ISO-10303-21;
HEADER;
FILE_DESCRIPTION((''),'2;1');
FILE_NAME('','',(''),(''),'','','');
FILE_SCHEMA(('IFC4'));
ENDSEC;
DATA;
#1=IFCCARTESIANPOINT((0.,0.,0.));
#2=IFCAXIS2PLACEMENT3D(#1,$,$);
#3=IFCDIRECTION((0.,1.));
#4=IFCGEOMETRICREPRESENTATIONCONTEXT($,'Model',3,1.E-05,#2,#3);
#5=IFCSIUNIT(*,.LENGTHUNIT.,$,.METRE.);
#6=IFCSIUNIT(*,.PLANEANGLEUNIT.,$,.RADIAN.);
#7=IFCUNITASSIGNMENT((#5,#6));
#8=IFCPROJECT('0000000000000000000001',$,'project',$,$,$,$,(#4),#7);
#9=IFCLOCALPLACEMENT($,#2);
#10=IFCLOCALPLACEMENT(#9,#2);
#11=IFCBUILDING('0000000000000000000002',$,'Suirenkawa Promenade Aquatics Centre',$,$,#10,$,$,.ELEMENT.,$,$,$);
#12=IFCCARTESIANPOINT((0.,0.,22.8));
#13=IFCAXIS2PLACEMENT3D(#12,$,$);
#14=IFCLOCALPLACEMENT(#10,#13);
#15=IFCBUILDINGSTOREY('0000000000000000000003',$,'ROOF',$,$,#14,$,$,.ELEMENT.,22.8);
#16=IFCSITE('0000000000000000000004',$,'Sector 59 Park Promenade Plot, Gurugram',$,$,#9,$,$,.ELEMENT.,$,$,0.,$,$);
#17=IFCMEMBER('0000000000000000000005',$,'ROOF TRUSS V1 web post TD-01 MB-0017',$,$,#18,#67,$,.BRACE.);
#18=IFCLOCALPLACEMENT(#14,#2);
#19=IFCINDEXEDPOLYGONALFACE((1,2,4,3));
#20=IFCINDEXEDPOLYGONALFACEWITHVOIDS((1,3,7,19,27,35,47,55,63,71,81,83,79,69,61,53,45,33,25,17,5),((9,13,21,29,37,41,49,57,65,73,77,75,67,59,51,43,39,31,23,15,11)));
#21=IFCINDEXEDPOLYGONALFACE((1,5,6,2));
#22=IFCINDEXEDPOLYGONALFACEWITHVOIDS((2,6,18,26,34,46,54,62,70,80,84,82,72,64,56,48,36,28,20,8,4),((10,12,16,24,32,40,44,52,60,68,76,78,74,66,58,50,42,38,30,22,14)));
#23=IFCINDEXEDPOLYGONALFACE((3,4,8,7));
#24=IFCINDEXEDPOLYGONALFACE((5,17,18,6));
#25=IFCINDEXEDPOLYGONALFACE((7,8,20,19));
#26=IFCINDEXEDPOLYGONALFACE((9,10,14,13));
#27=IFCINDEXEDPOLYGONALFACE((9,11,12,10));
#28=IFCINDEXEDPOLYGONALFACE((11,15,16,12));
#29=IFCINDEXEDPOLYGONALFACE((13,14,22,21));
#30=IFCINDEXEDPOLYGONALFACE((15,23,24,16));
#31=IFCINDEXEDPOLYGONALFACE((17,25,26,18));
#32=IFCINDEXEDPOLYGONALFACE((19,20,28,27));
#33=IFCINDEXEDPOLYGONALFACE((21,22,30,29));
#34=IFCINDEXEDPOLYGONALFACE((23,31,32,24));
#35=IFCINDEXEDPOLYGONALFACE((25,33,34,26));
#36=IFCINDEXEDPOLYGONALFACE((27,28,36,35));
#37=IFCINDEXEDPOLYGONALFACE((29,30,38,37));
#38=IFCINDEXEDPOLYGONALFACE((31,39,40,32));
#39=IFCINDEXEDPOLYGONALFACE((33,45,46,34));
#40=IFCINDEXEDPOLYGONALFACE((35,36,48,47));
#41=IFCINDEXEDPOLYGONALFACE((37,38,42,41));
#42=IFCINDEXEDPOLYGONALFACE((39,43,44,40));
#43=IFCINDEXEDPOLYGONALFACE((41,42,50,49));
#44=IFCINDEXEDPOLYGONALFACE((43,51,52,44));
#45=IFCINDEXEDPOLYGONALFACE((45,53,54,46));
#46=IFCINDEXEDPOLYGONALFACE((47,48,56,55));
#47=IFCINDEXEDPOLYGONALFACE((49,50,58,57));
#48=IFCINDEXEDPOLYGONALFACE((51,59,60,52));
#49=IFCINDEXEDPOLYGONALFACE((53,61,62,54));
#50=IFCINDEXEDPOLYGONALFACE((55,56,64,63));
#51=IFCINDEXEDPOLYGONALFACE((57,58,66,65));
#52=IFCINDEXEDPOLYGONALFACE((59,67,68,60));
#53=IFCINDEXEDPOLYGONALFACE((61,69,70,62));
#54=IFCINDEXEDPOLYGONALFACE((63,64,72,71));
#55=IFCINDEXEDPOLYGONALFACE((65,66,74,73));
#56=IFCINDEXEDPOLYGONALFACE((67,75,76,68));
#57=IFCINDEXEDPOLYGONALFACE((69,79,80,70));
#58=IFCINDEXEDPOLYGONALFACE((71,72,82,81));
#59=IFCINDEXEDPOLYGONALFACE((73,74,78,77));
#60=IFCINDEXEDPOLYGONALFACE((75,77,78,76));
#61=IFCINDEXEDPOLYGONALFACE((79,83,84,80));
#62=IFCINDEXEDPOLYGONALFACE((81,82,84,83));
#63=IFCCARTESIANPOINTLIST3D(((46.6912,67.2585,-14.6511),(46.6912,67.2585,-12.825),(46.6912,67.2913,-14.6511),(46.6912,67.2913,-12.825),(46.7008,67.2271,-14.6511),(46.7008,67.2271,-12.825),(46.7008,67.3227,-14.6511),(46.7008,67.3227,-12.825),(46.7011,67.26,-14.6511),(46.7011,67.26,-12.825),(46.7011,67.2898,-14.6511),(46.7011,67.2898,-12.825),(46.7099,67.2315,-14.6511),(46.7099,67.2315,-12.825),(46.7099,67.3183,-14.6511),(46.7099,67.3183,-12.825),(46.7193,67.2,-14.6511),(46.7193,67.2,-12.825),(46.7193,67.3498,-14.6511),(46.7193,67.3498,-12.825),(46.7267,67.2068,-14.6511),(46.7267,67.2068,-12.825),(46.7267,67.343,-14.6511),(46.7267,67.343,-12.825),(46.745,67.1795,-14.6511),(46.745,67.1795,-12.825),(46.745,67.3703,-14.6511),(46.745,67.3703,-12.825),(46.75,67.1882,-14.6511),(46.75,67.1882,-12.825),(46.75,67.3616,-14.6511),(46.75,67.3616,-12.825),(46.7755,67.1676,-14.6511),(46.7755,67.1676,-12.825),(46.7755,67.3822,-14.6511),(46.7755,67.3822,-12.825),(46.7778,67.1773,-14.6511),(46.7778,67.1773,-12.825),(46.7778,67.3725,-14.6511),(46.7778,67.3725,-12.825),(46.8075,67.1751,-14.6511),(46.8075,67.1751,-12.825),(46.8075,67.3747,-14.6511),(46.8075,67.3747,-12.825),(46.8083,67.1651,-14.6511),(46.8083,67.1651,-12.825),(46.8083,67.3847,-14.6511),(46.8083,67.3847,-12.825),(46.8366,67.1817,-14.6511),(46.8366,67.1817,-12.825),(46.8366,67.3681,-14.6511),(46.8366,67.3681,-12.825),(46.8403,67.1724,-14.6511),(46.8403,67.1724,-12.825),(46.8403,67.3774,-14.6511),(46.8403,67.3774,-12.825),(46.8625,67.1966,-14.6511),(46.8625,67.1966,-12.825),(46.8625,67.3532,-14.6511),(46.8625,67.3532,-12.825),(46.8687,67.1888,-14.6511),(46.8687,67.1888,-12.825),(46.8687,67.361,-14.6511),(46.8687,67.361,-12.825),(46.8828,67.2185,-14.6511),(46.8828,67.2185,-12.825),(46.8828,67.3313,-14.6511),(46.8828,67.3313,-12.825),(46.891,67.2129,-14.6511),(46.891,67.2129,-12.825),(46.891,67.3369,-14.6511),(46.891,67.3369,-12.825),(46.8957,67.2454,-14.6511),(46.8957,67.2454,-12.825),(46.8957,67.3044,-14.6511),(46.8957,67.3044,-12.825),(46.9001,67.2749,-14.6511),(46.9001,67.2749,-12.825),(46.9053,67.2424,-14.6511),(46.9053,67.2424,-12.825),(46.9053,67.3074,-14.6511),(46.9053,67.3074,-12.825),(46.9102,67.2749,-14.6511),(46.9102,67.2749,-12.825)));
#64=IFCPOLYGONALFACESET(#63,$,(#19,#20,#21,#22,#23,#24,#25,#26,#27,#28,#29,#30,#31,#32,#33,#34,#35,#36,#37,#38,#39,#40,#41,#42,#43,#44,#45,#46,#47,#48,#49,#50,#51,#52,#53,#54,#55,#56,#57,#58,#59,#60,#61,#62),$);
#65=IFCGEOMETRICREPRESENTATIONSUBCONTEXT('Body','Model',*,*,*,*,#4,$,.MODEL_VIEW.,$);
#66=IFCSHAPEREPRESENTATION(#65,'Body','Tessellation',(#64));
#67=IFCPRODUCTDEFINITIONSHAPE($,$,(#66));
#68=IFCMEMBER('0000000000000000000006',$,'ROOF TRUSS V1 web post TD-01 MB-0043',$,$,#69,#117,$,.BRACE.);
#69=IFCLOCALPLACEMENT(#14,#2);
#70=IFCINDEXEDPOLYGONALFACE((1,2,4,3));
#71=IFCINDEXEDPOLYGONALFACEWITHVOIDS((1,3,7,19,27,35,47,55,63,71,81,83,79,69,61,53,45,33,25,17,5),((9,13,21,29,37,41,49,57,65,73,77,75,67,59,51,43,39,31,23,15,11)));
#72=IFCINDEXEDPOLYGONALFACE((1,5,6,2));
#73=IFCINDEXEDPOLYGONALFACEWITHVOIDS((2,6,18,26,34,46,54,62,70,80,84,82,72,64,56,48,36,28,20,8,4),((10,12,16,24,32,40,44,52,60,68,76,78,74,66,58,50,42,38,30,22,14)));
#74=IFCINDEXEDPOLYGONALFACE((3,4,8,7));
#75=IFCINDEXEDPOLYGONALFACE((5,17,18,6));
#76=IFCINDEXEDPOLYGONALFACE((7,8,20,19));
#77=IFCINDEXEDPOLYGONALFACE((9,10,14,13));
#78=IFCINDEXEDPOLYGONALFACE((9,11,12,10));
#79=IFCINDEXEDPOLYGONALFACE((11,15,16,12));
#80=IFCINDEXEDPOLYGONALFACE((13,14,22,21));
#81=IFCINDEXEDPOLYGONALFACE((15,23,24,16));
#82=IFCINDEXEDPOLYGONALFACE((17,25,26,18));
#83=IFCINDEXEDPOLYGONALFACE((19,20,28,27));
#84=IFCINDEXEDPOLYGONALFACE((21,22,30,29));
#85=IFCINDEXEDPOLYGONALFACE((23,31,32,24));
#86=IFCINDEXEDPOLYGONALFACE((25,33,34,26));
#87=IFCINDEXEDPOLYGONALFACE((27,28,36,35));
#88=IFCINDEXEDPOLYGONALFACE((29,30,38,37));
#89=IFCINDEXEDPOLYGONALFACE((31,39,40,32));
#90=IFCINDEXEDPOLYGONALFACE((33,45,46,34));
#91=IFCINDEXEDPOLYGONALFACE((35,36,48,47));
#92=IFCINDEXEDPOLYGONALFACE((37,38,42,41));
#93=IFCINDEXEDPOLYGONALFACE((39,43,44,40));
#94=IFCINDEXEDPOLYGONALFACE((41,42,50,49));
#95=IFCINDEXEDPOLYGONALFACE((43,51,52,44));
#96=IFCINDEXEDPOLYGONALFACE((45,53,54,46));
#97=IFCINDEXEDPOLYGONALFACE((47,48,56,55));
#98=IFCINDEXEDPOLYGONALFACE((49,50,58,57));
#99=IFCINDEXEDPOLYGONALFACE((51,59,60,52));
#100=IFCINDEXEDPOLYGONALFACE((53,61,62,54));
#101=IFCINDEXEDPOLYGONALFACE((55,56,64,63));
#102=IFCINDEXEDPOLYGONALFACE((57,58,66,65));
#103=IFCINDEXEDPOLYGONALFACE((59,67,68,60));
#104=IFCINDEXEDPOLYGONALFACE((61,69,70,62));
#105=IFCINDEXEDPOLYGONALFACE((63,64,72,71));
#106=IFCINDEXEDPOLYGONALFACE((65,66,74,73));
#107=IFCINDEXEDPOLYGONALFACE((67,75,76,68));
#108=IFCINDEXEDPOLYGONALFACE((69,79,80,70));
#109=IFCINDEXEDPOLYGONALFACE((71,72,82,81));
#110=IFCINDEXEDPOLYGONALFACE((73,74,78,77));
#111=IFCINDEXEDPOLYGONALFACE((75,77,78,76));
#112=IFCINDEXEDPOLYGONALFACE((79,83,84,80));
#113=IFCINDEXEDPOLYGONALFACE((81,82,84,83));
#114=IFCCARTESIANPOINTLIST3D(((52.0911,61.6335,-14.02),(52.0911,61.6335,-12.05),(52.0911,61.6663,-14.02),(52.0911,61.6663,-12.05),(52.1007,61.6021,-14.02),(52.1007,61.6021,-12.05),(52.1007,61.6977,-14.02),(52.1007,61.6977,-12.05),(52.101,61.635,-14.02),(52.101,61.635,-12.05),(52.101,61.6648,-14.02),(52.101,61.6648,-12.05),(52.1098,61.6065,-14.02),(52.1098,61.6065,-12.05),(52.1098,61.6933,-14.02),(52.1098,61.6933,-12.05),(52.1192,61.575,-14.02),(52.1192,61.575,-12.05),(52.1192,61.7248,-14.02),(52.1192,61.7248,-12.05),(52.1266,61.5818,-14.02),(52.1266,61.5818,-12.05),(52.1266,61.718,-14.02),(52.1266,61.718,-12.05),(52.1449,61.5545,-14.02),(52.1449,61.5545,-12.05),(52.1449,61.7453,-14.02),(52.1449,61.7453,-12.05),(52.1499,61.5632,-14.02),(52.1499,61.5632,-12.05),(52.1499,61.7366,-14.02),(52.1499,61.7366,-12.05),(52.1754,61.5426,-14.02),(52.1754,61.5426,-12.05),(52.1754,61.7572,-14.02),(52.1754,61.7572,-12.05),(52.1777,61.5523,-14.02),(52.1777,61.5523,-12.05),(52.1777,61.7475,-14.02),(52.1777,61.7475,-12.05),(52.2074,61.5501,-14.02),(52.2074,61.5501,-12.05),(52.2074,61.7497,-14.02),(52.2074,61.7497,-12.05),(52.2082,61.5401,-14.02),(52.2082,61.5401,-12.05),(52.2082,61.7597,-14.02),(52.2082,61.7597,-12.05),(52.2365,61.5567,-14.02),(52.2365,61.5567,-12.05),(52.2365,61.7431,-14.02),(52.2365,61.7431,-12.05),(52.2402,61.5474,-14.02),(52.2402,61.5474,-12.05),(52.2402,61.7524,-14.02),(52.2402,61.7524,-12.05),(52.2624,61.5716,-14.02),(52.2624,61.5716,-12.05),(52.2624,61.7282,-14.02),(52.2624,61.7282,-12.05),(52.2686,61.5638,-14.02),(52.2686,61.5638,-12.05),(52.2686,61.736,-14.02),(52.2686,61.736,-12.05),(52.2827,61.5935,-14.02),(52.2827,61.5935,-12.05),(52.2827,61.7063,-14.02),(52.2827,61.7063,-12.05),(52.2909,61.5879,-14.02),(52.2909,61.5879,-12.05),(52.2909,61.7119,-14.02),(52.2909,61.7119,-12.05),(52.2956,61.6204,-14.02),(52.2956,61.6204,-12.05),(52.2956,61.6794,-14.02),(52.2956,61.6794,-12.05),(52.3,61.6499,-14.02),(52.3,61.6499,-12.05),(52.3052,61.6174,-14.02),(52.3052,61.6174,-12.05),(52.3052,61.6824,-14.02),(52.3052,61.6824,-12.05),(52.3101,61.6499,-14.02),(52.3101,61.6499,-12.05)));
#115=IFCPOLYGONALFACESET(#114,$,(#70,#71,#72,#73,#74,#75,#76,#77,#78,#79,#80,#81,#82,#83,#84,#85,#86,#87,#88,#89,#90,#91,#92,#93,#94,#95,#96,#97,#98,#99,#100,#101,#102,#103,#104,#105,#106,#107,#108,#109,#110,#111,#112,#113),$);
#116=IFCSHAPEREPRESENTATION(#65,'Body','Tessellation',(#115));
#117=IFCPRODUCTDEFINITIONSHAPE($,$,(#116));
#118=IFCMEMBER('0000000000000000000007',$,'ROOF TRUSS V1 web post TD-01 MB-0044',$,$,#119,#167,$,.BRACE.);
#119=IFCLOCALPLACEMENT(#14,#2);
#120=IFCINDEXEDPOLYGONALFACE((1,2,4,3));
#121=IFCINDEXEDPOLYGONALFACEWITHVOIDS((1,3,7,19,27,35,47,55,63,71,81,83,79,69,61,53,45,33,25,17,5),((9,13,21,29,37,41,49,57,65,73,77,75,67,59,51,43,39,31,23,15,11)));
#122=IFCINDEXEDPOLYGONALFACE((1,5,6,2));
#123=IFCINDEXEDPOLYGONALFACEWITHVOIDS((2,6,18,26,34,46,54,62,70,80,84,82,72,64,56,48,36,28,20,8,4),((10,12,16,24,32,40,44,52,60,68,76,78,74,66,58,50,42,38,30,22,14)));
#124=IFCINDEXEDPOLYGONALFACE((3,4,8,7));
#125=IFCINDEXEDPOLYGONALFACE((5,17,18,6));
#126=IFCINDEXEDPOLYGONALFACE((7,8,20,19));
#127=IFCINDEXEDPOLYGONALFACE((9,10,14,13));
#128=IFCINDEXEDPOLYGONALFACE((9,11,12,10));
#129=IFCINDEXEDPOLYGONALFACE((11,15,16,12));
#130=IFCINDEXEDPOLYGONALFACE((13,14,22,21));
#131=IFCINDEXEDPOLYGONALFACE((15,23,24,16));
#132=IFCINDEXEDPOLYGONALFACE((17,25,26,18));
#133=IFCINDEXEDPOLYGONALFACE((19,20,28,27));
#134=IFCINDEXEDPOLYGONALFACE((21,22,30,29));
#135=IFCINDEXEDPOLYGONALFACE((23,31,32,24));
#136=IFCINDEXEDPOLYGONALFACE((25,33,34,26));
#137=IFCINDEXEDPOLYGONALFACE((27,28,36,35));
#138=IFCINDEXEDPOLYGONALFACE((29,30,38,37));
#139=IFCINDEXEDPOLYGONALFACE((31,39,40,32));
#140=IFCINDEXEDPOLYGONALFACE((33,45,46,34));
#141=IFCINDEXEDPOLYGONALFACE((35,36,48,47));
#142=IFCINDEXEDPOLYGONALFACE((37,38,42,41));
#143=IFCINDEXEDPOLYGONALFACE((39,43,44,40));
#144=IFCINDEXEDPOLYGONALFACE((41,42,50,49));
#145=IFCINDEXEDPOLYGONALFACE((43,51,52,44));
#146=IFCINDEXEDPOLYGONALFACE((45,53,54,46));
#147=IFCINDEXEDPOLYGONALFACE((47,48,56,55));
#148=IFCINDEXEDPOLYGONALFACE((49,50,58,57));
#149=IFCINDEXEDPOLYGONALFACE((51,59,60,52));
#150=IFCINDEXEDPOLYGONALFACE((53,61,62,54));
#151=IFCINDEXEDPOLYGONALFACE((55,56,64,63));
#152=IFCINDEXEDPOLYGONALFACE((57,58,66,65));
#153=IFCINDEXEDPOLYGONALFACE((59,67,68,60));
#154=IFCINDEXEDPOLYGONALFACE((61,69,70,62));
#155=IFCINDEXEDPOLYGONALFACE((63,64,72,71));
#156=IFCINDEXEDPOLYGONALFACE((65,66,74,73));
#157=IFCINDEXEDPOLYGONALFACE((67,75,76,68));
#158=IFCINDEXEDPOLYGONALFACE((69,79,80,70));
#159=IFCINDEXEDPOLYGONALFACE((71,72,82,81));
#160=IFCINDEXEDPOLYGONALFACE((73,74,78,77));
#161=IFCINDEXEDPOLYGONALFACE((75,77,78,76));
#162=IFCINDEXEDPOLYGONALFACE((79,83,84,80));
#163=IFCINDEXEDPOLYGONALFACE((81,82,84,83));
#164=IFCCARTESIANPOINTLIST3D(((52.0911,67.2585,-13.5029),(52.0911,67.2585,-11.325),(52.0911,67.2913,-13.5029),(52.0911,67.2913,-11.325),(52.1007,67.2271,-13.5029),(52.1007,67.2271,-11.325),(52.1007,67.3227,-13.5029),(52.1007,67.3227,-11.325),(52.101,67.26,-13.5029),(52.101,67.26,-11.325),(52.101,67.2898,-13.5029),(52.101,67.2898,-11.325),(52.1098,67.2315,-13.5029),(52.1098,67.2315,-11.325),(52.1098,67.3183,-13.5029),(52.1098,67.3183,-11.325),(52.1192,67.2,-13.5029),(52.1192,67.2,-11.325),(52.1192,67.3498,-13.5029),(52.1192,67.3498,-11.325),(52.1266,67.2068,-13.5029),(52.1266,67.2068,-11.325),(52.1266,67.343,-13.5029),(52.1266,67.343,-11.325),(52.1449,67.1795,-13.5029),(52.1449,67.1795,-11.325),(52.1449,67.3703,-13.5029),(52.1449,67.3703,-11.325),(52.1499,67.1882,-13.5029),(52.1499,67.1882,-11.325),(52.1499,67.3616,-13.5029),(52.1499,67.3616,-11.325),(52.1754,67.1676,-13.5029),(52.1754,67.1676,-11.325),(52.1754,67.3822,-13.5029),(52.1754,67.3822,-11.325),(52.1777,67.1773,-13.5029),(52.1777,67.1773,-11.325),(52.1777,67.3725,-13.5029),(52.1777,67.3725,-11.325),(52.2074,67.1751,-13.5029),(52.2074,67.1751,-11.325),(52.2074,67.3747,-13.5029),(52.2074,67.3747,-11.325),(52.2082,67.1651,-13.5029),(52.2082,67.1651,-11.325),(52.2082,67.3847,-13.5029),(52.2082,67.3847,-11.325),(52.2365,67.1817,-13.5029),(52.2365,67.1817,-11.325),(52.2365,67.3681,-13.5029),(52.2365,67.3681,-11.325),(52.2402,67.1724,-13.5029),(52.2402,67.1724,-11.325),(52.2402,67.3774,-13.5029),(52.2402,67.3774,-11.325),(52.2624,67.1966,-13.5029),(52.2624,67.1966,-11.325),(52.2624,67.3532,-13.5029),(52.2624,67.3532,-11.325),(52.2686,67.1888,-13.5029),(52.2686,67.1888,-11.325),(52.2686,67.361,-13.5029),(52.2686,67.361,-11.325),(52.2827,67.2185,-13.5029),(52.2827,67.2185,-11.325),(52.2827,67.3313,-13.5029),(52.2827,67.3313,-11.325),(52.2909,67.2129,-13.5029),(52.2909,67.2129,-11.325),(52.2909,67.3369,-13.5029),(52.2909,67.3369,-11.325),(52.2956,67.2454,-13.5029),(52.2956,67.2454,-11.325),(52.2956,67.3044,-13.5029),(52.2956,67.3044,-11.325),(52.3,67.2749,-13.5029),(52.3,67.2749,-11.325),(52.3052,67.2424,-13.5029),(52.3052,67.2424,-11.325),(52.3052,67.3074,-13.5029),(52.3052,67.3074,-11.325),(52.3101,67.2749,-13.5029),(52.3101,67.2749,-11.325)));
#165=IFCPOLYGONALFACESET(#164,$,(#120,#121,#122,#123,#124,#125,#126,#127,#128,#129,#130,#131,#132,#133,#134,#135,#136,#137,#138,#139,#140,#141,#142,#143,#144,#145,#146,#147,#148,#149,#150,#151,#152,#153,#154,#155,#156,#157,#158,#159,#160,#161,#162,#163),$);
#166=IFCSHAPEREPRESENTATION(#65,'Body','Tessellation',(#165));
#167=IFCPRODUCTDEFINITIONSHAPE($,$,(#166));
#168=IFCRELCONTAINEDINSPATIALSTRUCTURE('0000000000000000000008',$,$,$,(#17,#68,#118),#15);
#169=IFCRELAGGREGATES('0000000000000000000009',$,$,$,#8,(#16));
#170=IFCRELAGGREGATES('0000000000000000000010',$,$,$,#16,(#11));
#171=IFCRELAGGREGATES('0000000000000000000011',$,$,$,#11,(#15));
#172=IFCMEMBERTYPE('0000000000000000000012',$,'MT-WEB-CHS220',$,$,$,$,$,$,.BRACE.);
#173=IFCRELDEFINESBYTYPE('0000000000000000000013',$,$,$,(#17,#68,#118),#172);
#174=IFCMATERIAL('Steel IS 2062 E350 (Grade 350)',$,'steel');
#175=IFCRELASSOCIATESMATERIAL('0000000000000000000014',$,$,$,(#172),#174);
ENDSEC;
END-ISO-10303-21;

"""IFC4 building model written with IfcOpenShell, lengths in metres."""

from ifc_helpers import new_model, si_unit, direction, frame, origin, origin_2d, place, context, subcontext, project, spatial, hollow_circle, extrude, material, material_profile, profile_set, type_object, element, save


model = new_model("IFC4")

# Units and contexts
model_context = context("Model", 3, precision=1e-05, world=origin(), true_north=direction((0.0, 1.0)))
body_context = subcontext(model_context, "Body", "Model", "MODEL_VIEW")
ifc_project = project(units=[si_unit("LENGTHUNIT", "METRE"), si_unit("PLANEANGLEUNIT", "RADIAN")], contexts=[model_context])

# Site, building, storey
site_placement = place(None, origin())
site = spatial("IfcSite", under=ifc_project, at=site_placement, Name="Sector 59 Park Promenade Plot, Gurugram", CompositionType="ELEMENT", RefElevation=0.0)
building_placement = place(site_placement, origin())
building = spatial("IfcBuilding", under=site, at=building_placement, Name="Suirenkawa Promenade Aquatics Centre", CompositionType="ELEMENT")
storey_placement = place(building_placement, frame((0.0, 0.0, 22.8)))
storey = spatial("IfcBuildingStorey", under=building, at=storey_placement, Name="ROOF", CompositionType="ELEMENT", Elevation=22.8)

# Shared definitions
ifc_material = material(Name="Steel IS 2062 E350 (Grade 350)", Category="steel")

# Members
ifc_material_profile_1 = material_profile(ifc_material, hollow_circle(Radius=0.1101, WallThickness=0.01, at=origin_2d()), Name="CHS 220x10", Category="steel")
ifc_profile_set_1 = profile_set([ifc_material_profile_1], Name="Steel IS 2062 E350 (Grade 350)")
member_type_1 = type_object("IfcMemberType", Name="MT-WEB-CHS220", PredefinedType="BRACE", material=ifc_profile_set_1)
member_1_placement = place(storey_placement, frame((46.8, 67.2749, -14.6511), z_axis=(0.0, 0.0, 1.0), x_axis=(1.0, 0.0, 0.0)))
element("IfcMember", 1, at=member_1_placement, inside=storey, type_object=member_type_1, Name="ROOF TRUSS V1 web post TD-01 MB-0017", PredefinedType="BRACE", context=body_context, shape_type="SweptSolid", body=[
    extrude(hollow_circle(Radius=0.1101, WallThickness=0.01, at=origin_2d()), origin(), (0.0, 0.0, 1.0), 1.8262),
])
member_2_placement = place(storey_placement, frame((52.2, 61.6499, -14.02), z_axis=(0.0, 0.0, 1.0), x_axis=(1.0, 0.0, 0.0)))
element("IfcMember", 2, at=member_2_placement, inside=storey, type_object=member_type_1, Name="ROOF TRUSS V1 web post TD-01 MB-0043", PredefinedType="BRACE", context=body_context, shape_type="SweptSolid", body=[
    extrude(hollow_circle(Radius=0.1101, WallThickness=0.01, at=origin_2d()), origin(), (0.0, 0.0, 1.0), 1.97),
])
member_3_placement = place(storey_placement, frame((52.2, 67.2749, -13.5029), z_axis=(0.0, 0.0, 1.0), x_axis=(1.0, 0.0, 0.0)))
element("IfcMember", 3, at=member_3_placement, inside=storey, type_object=member_type_1, Name="ROOF TRUSS V1 web post TD-01 MB-0044", PredefinedType="BRACE", context=body_context, shape_type="SweptSolid", body=[
    extrude(hollow_circle(Radius=0.1101, WallThickness=0.01, at=origin_2d()), origin(), (0.0, 0.0, 1.0), 2.178),
])

save(model, "model.ifc")
